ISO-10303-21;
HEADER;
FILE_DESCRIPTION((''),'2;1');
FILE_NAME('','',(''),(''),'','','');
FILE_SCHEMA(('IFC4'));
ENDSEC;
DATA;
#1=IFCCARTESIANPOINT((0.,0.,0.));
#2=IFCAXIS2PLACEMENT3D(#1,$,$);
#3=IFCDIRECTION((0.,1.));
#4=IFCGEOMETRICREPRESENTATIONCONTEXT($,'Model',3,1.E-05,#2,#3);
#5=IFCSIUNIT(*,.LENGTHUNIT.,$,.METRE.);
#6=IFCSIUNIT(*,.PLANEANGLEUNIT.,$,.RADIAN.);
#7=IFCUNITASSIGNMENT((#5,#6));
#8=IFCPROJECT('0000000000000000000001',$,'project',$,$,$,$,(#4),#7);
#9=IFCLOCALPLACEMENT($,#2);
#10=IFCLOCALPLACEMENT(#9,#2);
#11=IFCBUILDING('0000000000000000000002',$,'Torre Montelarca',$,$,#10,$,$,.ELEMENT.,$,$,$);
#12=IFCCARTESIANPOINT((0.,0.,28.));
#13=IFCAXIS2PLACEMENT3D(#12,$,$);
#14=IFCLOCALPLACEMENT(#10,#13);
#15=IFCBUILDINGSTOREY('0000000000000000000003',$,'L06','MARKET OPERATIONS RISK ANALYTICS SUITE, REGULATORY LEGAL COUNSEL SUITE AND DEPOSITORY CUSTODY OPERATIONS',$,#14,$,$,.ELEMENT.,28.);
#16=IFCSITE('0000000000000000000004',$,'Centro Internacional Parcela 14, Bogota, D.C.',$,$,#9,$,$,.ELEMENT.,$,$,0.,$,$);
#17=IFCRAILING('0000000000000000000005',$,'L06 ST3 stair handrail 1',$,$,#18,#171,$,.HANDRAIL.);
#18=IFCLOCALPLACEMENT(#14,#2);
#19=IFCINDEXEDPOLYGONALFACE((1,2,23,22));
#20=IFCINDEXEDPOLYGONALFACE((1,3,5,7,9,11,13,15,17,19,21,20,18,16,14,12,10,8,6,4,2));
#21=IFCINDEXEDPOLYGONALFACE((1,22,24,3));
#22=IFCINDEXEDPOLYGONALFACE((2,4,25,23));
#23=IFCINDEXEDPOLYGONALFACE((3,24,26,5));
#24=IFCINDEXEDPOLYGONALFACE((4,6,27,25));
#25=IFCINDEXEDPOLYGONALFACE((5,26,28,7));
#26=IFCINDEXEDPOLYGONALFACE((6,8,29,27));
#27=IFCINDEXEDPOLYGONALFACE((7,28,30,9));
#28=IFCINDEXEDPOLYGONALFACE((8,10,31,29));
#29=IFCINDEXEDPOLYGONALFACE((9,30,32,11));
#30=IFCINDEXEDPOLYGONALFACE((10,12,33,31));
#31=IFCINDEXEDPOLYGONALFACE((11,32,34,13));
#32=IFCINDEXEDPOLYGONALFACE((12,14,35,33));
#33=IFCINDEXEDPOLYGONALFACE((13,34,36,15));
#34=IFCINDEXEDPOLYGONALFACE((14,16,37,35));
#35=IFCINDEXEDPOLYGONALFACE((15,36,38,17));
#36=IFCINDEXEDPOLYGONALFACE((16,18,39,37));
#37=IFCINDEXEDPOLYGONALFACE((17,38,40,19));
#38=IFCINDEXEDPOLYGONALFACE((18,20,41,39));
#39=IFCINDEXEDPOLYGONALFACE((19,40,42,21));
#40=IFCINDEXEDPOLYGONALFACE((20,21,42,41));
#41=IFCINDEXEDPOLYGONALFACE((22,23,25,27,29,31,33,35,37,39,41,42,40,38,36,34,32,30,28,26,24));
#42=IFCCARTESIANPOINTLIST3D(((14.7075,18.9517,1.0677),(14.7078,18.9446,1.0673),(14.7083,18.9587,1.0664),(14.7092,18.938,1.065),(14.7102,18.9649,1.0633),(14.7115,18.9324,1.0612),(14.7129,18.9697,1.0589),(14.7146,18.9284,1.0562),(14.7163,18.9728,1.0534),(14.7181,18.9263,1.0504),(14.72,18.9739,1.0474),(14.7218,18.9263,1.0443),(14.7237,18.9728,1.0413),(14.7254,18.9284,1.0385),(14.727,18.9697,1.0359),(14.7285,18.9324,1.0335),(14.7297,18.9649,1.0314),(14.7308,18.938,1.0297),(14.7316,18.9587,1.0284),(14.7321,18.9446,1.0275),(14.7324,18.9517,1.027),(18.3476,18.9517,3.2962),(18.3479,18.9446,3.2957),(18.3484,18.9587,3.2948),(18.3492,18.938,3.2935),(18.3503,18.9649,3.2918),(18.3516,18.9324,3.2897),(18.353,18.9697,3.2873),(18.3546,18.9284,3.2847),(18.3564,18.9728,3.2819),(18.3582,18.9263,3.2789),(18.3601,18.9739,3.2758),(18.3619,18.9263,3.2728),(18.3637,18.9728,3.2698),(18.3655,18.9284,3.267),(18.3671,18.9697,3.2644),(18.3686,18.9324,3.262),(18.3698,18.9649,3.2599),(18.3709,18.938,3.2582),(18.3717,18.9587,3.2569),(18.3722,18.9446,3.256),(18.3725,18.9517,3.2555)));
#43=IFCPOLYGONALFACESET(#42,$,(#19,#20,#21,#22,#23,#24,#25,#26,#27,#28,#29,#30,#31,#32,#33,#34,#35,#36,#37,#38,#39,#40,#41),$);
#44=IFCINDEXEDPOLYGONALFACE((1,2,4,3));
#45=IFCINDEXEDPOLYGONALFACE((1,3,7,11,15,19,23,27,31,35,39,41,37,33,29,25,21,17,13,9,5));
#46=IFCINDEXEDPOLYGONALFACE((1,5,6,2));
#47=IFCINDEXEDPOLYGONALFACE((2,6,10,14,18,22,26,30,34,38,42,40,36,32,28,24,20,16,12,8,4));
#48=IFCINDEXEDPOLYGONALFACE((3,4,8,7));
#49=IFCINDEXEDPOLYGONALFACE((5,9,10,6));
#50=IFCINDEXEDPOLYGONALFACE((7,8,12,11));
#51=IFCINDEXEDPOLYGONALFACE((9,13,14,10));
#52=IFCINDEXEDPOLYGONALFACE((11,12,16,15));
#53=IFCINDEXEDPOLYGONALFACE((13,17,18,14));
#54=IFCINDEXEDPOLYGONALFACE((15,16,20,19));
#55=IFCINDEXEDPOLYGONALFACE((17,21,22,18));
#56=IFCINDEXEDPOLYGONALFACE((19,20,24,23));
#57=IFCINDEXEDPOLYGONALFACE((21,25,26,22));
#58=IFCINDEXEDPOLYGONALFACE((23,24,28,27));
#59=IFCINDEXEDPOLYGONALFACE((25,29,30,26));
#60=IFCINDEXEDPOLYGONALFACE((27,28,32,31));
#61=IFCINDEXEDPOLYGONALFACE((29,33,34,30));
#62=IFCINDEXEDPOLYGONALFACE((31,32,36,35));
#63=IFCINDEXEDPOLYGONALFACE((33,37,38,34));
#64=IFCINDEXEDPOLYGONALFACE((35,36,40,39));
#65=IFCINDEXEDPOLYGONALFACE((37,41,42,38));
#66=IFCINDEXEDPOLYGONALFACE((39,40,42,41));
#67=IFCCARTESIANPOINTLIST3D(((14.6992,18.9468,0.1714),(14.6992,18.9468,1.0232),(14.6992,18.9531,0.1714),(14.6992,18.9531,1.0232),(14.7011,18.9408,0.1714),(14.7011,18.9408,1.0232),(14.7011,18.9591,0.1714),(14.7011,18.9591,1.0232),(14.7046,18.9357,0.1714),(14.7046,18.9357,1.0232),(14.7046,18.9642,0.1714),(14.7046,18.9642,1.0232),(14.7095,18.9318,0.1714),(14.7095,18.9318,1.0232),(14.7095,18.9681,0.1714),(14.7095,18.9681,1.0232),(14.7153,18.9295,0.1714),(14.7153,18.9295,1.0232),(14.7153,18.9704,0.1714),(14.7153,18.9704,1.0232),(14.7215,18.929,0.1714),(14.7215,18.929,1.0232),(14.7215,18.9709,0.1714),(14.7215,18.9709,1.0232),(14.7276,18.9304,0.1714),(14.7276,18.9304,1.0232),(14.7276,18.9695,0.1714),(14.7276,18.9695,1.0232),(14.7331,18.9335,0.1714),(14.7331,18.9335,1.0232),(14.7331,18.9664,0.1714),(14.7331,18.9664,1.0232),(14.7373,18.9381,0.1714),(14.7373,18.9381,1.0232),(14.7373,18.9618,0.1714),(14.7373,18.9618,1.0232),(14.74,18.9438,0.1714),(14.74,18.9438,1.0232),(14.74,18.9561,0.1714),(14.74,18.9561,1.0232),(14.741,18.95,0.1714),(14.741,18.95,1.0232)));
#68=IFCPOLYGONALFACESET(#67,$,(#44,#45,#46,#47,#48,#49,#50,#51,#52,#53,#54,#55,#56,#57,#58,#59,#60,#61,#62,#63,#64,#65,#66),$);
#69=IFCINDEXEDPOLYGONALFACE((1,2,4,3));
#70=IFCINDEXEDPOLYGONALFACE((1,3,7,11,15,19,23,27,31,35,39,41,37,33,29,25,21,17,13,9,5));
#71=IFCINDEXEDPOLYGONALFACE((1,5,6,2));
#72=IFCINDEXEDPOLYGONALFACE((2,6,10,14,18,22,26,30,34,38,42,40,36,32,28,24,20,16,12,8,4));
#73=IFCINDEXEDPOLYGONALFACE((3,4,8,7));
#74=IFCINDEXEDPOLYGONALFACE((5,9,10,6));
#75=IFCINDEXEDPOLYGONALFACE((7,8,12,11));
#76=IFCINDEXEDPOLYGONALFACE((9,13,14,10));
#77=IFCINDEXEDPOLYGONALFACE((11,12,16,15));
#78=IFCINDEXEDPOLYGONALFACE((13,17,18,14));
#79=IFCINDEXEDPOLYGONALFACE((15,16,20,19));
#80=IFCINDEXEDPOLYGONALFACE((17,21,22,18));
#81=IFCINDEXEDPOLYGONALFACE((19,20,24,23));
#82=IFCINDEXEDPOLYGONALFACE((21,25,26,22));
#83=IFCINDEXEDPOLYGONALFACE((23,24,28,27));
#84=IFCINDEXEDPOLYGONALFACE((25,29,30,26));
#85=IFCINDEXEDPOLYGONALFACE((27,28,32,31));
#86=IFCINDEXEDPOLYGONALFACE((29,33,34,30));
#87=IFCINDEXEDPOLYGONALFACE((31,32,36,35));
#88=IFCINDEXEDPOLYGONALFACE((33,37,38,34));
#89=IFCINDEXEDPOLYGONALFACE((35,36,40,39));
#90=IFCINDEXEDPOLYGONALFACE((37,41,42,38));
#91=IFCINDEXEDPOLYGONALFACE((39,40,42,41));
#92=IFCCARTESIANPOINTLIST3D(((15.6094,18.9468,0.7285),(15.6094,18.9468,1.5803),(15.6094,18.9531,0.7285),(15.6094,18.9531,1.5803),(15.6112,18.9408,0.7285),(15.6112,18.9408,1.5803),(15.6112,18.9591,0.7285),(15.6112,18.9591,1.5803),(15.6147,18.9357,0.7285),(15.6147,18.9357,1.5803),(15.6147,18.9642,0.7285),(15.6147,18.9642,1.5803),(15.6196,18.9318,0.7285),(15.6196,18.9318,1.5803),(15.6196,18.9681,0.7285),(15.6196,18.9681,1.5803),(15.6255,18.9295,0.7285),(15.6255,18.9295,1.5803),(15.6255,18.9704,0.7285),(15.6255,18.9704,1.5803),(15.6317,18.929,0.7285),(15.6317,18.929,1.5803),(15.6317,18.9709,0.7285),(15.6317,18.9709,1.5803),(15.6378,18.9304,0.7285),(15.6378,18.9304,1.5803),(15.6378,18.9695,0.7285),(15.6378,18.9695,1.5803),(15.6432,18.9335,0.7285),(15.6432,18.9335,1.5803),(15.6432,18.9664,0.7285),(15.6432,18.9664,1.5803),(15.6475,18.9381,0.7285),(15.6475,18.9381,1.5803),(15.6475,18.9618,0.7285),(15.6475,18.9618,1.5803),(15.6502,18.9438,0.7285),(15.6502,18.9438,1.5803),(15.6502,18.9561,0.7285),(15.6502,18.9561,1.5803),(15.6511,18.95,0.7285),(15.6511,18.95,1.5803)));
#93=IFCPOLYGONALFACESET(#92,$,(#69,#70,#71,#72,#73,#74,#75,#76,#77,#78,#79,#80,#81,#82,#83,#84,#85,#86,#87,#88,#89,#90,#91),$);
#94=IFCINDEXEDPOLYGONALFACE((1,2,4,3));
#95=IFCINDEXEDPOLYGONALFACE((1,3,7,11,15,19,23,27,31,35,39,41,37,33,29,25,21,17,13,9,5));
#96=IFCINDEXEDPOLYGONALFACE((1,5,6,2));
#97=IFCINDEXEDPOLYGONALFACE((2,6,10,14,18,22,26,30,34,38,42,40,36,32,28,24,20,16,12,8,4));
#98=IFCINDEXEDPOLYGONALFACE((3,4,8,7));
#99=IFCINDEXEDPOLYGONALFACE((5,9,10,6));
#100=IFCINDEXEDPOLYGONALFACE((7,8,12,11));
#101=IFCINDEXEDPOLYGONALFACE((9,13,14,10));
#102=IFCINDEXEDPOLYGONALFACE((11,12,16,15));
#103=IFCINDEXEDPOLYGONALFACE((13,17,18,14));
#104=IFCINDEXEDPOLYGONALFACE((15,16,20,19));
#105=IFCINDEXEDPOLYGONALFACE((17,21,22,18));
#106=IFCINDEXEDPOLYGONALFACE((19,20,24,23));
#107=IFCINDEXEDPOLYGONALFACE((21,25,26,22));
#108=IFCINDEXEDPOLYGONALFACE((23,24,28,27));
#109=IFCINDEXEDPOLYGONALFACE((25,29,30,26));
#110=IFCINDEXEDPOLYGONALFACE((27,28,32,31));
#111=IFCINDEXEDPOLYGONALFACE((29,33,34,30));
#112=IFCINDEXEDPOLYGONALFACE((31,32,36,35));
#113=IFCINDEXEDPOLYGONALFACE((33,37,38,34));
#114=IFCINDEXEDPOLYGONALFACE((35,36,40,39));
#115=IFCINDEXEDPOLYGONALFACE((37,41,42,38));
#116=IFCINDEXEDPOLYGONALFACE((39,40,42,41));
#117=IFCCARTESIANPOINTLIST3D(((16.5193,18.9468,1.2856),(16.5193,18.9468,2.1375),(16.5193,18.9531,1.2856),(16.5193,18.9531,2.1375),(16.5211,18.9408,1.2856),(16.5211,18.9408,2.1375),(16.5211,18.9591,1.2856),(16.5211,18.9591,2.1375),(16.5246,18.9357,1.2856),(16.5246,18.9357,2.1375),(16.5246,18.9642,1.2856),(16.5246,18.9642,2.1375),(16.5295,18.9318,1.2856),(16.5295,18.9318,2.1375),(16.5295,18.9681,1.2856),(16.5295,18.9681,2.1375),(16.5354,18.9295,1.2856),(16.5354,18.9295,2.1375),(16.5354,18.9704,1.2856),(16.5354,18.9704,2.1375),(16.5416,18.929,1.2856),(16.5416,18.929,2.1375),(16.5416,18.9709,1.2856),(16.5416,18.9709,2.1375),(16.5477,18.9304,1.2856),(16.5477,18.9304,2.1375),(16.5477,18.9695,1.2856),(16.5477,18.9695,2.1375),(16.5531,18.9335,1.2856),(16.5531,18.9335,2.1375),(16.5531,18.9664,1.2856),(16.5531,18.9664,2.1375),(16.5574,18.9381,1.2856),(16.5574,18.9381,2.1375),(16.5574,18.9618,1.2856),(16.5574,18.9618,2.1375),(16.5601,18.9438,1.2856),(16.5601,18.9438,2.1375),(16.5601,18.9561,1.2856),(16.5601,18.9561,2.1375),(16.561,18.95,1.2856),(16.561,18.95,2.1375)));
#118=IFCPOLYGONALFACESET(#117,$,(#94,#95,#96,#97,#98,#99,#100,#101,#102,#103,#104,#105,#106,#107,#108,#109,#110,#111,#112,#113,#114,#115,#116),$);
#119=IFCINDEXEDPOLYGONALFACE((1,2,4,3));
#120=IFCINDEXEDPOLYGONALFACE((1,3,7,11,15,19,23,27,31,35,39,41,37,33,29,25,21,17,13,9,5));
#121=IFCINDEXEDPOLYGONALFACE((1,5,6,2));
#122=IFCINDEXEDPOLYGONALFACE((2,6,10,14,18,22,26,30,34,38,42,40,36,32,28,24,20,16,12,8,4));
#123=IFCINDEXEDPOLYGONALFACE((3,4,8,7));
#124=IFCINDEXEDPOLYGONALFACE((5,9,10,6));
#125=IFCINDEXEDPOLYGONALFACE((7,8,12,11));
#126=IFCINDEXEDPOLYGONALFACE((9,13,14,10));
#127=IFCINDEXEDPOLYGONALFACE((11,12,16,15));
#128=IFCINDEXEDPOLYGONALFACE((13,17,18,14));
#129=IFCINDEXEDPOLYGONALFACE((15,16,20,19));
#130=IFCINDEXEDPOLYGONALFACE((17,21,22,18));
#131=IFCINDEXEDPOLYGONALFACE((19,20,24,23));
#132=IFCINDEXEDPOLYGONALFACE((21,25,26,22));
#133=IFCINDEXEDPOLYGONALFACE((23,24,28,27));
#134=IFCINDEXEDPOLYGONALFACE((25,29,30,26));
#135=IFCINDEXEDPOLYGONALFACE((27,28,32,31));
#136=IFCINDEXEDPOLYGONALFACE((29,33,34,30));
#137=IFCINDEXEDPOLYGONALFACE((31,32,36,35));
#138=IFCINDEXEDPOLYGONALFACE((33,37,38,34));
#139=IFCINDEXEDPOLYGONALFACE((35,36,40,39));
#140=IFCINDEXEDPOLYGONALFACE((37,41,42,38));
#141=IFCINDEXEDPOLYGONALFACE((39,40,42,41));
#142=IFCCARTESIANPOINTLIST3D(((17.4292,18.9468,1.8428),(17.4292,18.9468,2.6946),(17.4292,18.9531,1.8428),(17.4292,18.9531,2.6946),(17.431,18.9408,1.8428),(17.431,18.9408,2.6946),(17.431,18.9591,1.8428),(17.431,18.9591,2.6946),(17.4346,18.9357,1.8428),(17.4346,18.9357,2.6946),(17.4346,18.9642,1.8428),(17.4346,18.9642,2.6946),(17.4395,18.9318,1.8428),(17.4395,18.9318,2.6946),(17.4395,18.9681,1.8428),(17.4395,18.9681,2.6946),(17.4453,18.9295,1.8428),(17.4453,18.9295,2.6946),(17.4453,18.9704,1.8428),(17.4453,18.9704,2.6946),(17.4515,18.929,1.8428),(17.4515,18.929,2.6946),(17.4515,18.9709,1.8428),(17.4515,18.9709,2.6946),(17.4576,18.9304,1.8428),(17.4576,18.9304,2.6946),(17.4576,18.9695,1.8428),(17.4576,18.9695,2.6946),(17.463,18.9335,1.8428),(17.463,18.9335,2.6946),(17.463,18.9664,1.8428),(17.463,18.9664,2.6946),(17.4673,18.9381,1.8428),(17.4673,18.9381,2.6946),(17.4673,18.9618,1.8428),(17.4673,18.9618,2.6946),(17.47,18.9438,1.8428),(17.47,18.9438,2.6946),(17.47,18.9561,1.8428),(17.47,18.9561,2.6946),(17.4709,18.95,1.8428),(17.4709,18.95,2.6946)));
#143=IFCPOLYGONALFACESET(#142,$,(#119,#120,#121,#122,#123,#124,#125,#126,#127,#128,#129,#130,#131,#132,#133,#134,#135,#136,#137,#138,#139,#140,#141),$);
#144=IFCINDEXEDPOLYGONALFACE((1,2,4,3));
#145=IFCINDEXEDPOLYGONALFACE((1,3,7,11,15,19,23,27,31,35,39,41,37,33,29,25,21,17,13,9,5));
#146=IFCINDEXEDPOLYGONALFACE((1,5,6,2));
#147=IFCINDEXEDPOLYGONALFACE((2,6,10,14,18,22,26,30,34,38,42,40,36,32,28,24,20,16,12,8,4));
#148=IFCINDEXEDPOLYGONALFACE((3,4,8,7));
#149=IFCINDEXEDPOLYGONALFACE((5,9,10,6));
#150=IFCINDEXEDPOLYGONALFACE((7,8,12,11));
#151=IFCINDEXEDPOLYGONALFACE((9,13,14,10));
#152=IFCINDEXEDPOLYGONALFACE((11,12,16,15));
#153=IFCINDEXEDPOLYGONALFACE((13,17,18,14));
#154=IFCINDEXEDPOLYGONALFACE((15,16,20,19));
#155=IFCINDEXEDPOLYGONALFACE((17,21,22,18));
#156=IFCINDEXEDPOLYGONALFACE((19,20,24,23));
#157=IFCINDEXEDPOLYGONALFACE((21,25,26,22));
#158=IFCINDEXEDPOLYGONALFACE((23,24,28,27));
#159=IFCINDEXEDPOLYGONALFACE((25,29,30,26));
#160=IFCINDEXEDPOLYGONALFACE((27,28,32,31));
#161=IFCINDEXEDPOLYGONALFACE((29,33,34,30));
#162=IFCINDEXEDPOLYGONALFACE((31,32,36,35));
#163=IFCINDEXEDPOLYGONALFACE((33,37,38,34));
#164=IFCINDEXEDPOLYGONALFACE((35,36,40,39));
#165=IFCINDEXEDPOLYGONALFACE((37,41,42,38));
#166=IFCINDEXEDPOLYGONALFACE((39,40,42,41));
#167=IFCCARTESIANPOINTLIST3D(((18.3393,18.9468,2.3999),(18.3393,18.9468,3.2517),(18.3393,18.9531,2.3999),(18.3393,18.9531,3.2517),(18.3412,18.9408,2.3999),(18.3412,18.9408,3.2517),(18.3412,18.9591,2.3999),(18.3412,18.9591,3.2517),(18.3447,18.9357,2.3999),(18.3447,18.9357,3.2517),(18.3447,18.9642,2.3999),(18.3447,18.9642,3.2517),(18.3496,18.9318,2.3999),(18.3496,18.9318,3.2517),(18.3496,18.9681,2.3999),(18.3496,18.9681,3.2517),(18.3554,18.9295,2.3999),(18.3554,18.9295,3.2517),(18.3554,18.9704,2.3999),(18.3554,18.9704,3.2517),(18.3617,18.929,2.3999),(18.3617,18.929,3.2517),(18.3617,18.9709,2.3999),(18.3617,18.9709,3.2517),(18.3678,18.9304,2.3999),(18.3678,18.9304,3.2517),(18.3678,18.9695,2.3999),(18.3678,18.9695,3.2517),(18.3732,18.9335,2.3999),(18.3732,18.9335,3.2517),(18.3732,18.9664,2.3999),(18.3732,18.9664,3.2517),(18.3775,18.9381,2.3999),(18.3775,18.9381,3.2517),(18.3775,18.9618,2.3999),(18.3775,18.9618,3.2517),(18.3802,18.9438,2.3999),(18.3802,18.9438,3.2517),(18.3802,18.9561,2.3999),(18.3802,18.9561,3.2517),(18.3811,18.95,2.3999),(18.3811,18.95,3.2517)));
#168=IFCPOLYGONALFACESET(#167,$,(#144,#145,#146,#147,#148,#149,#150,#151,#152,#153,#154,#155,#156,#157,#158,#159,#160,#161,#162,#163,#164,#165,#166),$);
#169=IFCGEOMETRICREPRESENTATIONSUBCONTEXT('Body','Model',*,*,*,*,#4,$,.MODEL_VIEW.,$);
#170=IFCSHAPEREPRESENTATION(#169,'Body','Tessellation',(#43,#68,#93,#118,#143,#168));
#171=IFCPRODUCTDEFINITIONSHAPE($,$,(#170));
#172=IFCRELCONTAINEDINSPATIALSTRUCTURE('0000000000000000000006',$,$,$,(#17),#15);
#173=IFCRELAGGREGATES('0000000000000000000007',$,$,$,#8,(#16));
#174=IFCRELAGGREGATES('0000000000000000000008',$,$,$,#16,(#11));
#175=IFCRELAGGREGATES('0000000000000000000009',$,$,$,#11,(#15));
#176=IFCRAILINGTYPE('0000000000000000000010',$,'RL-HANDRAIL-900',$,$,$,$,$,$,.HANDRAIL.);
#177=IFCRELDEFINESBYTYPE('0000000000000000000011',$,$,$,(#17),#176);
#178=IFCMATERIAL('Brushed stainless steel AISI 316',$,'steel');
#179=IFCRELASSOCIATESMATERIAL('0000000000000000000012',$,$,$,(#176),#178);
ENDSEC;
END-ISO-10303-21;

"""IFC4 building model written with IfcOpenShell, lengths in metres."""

from ifc_helpers import new_model, si_unit, direction, frame, origin, origin_2d, place, context, subcontext, project, spatial, circle, extrude, material, type_object, element, save


model = new_model("IFC4")

# Units and contexts
model_context = context("Model", 3, precision=1e-05, world=origin(), true_north=direction((0.0, 1.0)))
body_context = subcontext(model_context, "Body", "Model", "MODEL_VIEW")
ifc_project = project(units=[si_unit("LENGTHUNIT", "METRE"), si_unit("PLANEANGLEUNIT", "RADIAN")], contexts=[model_context])

# Site, building, storey
site_placement = place(None, origin())
site = spatial("IfcSite", under=ifc_project, at=site_placement, Name="Centro Internacional Parcela 14, Bogota, D.C.", CompositionType="ELEMENT", RefElevation=0.0)
building_placement = place(site_placement, origin())
building = spatial("IfcBuilding", under=site, at=building_placement, Name="Torre Montelarca", CompositionType="ELEMENT")
storey_placement = place(building_placement, frame((0.0, 0.0, 28.0)))
storey = spatial("IfcBuildingStorey", under=building, at=storey_placement, Name="L06", Description="MARKET OPERATIONS RISK ANALYTICS SUITE, REGULATORY LEGAL COUNSEL SUITE AND DEPOSITORY CUSTODY OPERATIONS", CompositionType="ELEMENT", Elevation=28.0)

# Railing
ifc_material_1 = material(Name="Brushed stainless steel AISI 316", Category="steel")
railing_type_1 = type_object("IfcRailingType", Name="RL-HANDRAIL-900", PredefinedType="HANDRAIL", material=ifc_material_1)
railing_1_placement = place(storey_placement, frame((14.72, 18.95, 0.1714)))
element("IfcRailing", 1, at=railing_1_placement, inside=storey, type_object=railing_type_1, Name="L06 ST3 stair handrail 1", PredefinedType="HANDRAIL", context=body_context, shape_type="SweptSolid", body=[
    extrude(circle(Radius=0.0239, at=origin_2d()), frame((0.0, 0.0, 0.876), z_axis=(0.852866, 0.0, 0.52213), x_axis=(0.0, 1.0, 0.0)), (0.0, 0.0, 1.0), 4.2681),
    extrude(circle(Radius=0.021, at=origin_2d()), origin(), (0.0, 0.0, 1.0), 0.8518),
    extrude(circle(Radius=0.021, at=origin_2d()), frame((0.9102, 0.0, 0.5571)), (0.0, 0.0, 1.0), 0.8518),
    extrude(circle(Radius=0.021, at=origin_2d()), frame((1.8201, 0.0, 1.1143)), (0.0, 0.0, 1.0), 0.8518),
    extrude(circle(Radius=0.021, at=origin_2d()), frame((2.73, 0.0, 1.6714)), (0.0, 0.0, 1.0), 0.8518),
    extrude(circle(Radius=0.021, at=origin_2d()), frame((3.6401, 0.0, 2.2285)), (0.0, 0.0, 1.0), 0.8518),
])

save(model, "model.ifc")
